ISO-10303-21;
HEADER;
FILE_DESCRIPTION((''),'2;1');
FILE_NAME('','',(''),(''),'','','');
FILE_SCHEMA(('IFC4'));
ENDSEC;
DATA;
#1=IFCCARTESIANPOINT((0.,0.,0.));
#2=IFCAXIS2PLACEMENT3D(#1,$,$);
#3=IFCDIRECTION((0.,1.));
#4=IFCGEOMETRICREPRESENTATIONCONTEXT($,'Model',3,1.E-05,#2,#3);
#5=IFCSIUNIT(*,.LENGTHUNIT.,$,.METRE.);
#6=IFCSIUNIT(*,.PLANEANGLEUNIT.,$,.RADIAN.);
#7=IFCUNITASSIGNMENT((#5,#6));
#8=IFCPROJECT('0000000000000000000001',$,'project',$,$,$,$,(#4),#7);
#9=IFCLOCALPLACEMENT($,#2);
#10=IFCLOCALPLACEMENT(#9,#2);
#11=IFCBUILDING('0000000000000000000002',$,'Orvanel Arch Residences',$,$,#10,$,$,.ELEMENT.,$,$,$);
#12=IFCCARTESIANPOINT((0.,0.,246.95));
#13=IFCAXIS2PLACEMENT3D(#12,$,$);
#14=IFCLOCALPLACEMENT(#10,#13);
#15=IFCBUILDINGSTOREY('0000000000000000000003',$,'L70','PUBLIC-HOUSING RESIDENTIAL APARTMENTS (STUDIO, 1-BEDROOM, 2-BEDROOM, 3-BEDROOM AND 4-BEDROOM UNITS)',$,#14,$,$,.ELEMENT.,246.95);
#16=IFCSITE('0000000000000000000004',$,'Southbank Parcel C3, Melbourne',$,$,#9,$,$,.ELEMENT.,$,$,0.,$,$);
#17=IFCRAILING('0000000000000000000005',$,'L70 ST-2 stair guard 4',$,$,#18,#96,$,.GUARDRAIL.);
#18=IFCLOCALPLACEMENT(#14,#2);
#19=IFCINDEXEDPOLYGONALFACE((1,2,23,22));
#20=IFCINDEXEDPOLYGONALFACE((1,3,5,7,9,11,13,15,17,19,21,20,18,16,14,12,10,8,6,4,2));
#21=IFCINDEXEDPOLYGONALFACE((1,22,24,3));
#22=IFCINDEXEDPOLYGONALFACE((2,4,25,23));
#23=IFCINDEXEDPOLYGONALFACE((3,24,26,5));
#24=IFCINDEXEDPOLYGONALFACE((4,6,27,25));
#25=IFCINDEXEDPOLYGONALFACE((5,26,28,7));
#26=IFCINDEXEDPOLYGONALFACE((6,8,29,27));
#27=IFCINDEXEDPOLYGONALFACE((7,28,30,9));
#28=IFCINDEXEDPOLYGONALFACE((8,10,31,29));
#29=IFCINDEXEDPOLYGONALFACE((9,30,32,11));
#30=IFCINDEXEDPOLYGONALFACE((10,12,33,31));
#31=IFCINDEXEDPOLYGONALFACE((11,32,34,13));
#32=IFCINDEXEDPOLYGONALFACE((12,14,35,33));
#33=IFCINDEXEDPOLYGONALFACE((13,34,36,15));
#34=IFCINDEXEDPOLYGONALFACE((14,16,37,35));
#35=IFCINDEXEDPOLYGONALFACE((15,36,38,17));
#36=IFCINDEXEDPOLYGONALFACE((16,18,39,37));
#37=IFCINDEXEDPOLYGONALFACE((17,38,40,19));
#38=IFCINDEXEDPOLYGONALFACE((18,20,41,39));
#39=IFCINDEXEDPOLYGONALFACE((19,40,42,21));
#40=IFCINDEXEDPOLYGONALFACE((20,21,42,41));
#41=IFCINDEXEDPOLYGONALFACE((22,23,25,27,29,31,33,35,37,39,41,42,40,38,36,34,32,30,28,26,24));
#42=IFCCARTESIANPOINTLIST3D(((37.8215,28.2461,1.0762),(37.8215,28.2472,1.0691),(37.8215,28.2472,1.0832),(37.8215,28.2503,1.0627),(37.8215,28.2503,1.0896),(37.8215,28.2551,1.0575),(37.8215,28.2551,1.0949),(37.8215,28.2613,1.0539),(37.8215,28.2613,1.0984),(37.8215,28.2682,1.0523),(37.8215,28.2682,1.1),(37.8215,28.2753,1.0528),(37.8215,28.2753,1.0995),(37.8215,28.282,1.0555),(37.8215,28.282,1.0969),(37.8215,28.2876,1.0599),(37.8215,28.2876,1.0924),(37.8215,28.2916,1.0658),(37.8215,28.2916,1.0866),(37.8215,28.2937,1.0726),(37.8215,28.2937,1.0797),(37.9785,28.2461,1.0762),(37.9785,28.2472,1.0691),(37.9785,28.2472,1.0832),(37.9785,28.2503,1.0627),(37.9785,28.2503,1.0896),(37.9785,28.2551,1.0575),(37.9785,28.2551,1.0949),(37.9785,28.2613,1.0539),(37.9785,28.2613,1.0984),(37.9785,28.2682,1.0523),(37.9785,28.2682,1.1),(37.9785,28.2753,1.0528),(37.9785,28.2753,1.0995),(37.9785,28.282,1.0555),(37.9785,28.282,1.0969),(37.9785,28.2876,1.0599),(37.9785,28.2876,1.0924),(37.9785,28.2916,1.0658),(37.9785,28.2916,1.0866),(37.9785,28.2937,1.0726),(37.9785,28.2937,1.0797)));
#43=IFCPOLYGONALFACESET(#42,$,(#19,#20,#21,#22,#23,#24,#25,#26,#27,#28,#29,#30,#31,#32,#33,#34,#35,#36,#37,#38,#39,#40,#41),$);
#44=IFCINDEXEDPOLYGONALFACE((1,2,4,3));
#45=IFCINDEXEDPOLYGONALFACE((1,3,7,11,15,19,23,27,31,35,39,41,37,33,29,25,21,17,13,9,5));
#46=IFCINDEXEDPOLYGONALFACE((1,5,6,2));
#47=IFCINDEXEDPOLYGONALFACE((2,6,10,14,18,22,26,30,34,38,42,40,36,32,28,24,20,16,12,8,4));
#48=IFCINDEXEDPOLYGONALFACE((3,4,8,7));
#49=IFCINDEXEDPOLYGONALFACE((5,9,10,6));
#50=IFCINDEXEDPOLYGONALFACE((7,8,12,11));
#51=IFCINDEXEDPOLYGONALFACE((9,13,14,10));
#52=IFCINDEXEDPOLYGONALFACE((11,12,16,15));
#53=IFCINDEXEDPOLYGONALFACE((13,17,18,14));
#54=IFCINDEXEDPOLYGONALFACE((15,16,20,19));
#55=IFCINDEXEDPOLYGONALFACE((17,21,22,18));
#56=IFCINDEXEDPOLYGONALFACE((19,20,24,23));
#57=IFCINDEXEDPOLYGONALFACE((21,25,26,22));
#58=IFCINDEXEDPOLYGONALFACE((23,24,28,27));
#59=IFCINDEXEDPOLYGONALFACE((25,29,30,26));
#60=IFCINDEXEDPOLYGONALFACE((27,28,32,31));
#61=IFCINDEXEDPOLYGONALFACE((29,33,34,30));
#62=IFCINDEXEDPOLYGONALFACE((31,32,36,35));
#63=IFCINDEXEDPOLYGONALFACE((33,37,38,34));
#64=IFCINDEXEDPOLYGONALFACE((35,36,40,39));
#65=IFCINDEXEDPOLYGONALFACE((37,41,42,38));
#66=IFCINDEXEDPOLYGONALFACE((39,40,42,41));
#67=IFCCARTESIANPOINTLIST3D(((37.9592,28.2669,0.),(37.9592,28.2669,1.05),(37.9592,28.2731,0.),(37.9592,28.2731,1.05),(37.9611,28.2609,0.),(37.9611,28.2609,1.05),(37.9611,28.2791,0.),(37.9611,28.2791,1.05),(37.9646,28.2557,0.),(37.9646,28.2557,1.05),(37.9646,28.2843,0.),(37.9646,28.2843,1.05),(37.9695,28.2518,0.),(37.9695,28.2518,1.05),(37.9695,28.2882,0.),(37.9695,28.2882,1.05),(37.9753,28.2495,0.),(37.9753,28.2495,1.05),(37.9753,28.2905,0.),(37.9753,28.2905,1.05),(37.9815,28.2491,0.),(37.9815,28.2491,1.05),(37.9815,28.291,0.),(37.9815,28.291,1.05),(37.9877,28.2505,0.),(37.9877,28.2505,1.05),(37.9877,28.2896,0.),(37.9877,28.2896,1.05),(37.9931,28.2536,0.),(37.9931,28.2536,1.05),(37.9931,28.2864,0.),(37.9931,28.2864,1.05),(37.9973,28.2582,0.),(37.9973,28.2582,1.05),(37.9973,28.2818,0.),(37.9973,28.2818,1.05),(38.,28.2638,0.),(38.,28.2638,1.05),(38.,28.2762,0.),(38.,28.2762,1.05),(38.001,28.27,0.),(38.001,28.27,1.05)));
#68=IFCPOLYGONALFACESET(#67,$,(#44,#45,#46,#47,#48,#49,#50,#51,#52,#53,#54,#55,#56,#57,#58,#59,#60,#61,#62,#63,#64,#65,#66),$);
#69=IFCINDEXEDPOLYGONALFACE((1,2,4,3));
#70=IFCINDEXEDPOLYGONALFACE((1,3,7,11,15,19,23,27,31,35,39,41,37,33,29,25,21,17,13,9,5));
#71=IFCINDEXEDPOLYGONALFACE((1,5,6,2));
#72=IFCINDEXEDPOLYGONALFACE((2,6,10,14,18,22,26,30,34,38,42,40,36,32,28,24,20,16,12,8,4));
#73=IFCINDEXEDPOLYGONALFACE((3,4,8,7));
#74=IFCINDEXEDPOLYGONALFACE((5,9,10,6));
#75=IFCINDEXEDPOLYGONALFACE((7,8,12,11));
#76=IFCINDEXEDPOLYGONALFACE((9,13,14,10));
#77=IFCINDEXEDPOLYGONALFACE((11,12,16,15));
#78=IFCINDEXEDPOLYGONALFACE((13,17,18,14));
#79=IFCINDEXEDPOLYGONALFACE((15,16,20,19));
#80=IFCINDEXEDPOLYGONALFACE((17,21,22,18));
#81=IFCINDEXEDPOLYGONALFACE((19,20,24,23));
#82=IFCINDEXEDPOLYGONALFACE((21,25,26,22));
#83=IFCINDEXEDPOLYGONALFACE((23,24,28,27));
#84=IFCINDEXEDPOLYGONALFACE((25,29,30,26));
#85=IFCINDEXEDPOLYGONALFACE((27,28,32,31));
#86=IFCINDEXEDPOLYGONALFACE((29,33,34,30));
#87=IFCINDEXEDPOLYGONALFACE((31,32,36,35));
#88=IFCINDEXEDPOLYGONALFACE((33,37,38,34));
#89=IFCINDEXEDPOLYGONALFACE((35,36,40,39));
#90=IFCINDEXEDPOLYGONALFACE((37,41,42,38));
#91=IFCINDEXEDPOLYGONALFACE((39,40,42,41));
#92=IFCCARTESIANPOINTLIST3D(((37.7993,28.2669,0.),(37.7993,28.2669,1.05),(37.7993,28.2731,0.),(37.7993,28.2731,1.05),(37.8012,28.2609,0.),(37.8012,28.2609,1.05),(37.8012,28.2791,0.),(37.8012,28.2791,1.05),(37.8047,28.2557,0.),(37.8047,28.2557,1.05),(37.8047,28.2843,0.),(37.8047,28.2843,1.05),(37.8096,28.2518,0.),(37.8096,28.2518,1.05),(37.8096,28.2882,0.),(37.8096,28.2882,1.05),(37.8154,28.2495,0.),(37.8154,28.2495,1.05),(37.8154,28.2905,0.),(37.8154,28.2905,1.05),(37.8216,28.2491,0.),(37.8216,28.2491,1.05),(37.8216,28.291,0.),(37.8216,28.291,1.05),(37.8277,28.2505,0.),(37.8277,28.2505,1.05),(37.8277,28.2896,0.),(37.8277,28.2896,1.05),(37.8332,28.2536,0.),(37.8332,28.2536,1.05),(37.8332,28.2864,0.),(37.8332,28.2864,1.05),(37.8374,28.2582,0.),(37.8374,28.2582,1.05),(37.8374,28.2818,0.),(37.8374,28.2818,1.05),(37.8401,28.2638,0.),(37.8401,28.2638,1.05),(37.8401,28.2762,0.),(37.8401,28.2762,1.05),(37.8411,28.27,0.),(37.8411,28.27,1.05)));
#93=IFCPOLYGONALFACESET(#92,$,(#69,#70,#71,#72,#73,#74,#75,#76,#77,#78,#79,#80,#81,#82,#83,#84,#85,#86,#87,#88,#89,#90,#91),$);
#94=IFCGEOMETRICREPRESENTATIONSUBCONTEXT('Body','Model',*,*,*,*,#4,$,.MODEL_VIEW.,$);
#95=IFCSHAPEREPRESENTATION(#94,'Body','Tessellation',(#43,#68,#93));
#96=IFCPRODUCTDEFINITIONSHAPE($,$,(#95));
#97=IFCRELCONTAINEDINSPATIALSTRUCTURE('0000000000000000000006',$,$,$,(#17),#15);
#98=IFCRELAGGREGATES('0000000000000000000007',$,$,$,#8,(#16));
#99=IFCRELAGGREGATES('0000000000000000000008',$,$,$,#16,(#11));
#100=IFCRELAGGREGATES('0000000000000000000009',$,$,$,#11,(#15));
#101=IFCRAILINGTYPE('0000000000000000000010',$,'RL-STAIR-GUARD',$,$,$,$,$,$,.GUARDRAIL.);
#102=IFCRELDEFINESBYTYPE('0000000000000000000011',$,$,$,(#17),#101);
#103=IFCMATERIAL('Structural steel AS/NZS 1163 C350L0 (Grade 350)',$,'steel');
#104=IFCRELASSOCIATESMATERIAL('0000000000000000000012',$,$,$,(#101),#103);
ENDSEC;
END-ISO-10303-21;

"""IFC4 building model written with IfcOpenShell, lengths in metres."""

from ifc_helpers import new_model, si_unit, direction, frame, origin, origin_2d, place, context, subcontext, project, spatial, circle, extrude, material, type_object, element, save


model = new_model("IFC4")

# Units and contexts
model_context = context("Model", 3, precision=1e-05, world=origin(), true_north=direction((0.0, 1.0)))
body_context = subcontext(model_context, "Body", "Model", "MODEL_VIEW")
ifc_project = project(units=[si_unit("LENGTHUNIT", "METRE"), si_unit("PLANEANGLEUNIT", "RADIAN")], contexts=[model_context])

# Site, building, storey
site_placement = place(None, origin())
site = spatial("IfcSite", under=ifc_project, at=site_placement, Name="Southbank Parcel C3, Melbourne", CompositionType="ELEMENT", RefElevation=0.0)
building_placement = place(site_placement, origin())
building = spatial("IfcBuilding", under=site, at=building_placement, Name="Orvanel Arch Residences", CompositionType="ELEMENT")
storey_placement = place(building_placement, frame((0.0, 0.0, 246.95)))
storey = spatial("IfcBuildingStorey", under=building, at=storey_placement, Name="L70", Description="PUBLIC-HOUSING RESIDENTIAL APARTMENTS (STUDIO, 1-BEDROOM, 2-BEDROOM, 3-BEDROOM AND 4-BEDROOM UNITS)", CompositionType="ELEMENT", Elevation=246.95)

# Railing
ifc_material_1 = material(Name="Structural steel AS/NZS 1163 C350L0 (Grade 350)", Category="steel")
railing_type_1 = type_object("IfcRailingType", Name="RL-STAIR-GUARD", PredefinedType="GUARDRAIL", material=ifc_material_1)
railing_1_placement = place(storey_placement, frame((37.98, 28.27, 0.0)))
element("IfcRailing", 1, at=railing_1_placement, inside=storey, type_object=railing_type_1, Name="L70 ST-2 stair guard 4", PredefinedType="GUARDRAIL", context=body_context, shape_type="SweptSolid", body=[
    extrude(circle(Radius=0.0239, at=origin_2d()), frame((-0.0015, 0.0, 1.0762), z_axis=(-1.0, 0.0, 0.0), x_axis=(0.0, -1.0, 0.0)), (0.0, 0.0, 1.0), 0.157),
    extrude(circle(Radius=0.021, at=origin_2d()), origin(), (0.0, 0.0, 1.0), 1.05),
    extrude(circle(Radius=0.021, at=origin_2d()), frame((-0.1599, 0.0, 0.0)), (0.0, 0.0, 1.0), 1.05),
])

save(model, "model.ifc")
